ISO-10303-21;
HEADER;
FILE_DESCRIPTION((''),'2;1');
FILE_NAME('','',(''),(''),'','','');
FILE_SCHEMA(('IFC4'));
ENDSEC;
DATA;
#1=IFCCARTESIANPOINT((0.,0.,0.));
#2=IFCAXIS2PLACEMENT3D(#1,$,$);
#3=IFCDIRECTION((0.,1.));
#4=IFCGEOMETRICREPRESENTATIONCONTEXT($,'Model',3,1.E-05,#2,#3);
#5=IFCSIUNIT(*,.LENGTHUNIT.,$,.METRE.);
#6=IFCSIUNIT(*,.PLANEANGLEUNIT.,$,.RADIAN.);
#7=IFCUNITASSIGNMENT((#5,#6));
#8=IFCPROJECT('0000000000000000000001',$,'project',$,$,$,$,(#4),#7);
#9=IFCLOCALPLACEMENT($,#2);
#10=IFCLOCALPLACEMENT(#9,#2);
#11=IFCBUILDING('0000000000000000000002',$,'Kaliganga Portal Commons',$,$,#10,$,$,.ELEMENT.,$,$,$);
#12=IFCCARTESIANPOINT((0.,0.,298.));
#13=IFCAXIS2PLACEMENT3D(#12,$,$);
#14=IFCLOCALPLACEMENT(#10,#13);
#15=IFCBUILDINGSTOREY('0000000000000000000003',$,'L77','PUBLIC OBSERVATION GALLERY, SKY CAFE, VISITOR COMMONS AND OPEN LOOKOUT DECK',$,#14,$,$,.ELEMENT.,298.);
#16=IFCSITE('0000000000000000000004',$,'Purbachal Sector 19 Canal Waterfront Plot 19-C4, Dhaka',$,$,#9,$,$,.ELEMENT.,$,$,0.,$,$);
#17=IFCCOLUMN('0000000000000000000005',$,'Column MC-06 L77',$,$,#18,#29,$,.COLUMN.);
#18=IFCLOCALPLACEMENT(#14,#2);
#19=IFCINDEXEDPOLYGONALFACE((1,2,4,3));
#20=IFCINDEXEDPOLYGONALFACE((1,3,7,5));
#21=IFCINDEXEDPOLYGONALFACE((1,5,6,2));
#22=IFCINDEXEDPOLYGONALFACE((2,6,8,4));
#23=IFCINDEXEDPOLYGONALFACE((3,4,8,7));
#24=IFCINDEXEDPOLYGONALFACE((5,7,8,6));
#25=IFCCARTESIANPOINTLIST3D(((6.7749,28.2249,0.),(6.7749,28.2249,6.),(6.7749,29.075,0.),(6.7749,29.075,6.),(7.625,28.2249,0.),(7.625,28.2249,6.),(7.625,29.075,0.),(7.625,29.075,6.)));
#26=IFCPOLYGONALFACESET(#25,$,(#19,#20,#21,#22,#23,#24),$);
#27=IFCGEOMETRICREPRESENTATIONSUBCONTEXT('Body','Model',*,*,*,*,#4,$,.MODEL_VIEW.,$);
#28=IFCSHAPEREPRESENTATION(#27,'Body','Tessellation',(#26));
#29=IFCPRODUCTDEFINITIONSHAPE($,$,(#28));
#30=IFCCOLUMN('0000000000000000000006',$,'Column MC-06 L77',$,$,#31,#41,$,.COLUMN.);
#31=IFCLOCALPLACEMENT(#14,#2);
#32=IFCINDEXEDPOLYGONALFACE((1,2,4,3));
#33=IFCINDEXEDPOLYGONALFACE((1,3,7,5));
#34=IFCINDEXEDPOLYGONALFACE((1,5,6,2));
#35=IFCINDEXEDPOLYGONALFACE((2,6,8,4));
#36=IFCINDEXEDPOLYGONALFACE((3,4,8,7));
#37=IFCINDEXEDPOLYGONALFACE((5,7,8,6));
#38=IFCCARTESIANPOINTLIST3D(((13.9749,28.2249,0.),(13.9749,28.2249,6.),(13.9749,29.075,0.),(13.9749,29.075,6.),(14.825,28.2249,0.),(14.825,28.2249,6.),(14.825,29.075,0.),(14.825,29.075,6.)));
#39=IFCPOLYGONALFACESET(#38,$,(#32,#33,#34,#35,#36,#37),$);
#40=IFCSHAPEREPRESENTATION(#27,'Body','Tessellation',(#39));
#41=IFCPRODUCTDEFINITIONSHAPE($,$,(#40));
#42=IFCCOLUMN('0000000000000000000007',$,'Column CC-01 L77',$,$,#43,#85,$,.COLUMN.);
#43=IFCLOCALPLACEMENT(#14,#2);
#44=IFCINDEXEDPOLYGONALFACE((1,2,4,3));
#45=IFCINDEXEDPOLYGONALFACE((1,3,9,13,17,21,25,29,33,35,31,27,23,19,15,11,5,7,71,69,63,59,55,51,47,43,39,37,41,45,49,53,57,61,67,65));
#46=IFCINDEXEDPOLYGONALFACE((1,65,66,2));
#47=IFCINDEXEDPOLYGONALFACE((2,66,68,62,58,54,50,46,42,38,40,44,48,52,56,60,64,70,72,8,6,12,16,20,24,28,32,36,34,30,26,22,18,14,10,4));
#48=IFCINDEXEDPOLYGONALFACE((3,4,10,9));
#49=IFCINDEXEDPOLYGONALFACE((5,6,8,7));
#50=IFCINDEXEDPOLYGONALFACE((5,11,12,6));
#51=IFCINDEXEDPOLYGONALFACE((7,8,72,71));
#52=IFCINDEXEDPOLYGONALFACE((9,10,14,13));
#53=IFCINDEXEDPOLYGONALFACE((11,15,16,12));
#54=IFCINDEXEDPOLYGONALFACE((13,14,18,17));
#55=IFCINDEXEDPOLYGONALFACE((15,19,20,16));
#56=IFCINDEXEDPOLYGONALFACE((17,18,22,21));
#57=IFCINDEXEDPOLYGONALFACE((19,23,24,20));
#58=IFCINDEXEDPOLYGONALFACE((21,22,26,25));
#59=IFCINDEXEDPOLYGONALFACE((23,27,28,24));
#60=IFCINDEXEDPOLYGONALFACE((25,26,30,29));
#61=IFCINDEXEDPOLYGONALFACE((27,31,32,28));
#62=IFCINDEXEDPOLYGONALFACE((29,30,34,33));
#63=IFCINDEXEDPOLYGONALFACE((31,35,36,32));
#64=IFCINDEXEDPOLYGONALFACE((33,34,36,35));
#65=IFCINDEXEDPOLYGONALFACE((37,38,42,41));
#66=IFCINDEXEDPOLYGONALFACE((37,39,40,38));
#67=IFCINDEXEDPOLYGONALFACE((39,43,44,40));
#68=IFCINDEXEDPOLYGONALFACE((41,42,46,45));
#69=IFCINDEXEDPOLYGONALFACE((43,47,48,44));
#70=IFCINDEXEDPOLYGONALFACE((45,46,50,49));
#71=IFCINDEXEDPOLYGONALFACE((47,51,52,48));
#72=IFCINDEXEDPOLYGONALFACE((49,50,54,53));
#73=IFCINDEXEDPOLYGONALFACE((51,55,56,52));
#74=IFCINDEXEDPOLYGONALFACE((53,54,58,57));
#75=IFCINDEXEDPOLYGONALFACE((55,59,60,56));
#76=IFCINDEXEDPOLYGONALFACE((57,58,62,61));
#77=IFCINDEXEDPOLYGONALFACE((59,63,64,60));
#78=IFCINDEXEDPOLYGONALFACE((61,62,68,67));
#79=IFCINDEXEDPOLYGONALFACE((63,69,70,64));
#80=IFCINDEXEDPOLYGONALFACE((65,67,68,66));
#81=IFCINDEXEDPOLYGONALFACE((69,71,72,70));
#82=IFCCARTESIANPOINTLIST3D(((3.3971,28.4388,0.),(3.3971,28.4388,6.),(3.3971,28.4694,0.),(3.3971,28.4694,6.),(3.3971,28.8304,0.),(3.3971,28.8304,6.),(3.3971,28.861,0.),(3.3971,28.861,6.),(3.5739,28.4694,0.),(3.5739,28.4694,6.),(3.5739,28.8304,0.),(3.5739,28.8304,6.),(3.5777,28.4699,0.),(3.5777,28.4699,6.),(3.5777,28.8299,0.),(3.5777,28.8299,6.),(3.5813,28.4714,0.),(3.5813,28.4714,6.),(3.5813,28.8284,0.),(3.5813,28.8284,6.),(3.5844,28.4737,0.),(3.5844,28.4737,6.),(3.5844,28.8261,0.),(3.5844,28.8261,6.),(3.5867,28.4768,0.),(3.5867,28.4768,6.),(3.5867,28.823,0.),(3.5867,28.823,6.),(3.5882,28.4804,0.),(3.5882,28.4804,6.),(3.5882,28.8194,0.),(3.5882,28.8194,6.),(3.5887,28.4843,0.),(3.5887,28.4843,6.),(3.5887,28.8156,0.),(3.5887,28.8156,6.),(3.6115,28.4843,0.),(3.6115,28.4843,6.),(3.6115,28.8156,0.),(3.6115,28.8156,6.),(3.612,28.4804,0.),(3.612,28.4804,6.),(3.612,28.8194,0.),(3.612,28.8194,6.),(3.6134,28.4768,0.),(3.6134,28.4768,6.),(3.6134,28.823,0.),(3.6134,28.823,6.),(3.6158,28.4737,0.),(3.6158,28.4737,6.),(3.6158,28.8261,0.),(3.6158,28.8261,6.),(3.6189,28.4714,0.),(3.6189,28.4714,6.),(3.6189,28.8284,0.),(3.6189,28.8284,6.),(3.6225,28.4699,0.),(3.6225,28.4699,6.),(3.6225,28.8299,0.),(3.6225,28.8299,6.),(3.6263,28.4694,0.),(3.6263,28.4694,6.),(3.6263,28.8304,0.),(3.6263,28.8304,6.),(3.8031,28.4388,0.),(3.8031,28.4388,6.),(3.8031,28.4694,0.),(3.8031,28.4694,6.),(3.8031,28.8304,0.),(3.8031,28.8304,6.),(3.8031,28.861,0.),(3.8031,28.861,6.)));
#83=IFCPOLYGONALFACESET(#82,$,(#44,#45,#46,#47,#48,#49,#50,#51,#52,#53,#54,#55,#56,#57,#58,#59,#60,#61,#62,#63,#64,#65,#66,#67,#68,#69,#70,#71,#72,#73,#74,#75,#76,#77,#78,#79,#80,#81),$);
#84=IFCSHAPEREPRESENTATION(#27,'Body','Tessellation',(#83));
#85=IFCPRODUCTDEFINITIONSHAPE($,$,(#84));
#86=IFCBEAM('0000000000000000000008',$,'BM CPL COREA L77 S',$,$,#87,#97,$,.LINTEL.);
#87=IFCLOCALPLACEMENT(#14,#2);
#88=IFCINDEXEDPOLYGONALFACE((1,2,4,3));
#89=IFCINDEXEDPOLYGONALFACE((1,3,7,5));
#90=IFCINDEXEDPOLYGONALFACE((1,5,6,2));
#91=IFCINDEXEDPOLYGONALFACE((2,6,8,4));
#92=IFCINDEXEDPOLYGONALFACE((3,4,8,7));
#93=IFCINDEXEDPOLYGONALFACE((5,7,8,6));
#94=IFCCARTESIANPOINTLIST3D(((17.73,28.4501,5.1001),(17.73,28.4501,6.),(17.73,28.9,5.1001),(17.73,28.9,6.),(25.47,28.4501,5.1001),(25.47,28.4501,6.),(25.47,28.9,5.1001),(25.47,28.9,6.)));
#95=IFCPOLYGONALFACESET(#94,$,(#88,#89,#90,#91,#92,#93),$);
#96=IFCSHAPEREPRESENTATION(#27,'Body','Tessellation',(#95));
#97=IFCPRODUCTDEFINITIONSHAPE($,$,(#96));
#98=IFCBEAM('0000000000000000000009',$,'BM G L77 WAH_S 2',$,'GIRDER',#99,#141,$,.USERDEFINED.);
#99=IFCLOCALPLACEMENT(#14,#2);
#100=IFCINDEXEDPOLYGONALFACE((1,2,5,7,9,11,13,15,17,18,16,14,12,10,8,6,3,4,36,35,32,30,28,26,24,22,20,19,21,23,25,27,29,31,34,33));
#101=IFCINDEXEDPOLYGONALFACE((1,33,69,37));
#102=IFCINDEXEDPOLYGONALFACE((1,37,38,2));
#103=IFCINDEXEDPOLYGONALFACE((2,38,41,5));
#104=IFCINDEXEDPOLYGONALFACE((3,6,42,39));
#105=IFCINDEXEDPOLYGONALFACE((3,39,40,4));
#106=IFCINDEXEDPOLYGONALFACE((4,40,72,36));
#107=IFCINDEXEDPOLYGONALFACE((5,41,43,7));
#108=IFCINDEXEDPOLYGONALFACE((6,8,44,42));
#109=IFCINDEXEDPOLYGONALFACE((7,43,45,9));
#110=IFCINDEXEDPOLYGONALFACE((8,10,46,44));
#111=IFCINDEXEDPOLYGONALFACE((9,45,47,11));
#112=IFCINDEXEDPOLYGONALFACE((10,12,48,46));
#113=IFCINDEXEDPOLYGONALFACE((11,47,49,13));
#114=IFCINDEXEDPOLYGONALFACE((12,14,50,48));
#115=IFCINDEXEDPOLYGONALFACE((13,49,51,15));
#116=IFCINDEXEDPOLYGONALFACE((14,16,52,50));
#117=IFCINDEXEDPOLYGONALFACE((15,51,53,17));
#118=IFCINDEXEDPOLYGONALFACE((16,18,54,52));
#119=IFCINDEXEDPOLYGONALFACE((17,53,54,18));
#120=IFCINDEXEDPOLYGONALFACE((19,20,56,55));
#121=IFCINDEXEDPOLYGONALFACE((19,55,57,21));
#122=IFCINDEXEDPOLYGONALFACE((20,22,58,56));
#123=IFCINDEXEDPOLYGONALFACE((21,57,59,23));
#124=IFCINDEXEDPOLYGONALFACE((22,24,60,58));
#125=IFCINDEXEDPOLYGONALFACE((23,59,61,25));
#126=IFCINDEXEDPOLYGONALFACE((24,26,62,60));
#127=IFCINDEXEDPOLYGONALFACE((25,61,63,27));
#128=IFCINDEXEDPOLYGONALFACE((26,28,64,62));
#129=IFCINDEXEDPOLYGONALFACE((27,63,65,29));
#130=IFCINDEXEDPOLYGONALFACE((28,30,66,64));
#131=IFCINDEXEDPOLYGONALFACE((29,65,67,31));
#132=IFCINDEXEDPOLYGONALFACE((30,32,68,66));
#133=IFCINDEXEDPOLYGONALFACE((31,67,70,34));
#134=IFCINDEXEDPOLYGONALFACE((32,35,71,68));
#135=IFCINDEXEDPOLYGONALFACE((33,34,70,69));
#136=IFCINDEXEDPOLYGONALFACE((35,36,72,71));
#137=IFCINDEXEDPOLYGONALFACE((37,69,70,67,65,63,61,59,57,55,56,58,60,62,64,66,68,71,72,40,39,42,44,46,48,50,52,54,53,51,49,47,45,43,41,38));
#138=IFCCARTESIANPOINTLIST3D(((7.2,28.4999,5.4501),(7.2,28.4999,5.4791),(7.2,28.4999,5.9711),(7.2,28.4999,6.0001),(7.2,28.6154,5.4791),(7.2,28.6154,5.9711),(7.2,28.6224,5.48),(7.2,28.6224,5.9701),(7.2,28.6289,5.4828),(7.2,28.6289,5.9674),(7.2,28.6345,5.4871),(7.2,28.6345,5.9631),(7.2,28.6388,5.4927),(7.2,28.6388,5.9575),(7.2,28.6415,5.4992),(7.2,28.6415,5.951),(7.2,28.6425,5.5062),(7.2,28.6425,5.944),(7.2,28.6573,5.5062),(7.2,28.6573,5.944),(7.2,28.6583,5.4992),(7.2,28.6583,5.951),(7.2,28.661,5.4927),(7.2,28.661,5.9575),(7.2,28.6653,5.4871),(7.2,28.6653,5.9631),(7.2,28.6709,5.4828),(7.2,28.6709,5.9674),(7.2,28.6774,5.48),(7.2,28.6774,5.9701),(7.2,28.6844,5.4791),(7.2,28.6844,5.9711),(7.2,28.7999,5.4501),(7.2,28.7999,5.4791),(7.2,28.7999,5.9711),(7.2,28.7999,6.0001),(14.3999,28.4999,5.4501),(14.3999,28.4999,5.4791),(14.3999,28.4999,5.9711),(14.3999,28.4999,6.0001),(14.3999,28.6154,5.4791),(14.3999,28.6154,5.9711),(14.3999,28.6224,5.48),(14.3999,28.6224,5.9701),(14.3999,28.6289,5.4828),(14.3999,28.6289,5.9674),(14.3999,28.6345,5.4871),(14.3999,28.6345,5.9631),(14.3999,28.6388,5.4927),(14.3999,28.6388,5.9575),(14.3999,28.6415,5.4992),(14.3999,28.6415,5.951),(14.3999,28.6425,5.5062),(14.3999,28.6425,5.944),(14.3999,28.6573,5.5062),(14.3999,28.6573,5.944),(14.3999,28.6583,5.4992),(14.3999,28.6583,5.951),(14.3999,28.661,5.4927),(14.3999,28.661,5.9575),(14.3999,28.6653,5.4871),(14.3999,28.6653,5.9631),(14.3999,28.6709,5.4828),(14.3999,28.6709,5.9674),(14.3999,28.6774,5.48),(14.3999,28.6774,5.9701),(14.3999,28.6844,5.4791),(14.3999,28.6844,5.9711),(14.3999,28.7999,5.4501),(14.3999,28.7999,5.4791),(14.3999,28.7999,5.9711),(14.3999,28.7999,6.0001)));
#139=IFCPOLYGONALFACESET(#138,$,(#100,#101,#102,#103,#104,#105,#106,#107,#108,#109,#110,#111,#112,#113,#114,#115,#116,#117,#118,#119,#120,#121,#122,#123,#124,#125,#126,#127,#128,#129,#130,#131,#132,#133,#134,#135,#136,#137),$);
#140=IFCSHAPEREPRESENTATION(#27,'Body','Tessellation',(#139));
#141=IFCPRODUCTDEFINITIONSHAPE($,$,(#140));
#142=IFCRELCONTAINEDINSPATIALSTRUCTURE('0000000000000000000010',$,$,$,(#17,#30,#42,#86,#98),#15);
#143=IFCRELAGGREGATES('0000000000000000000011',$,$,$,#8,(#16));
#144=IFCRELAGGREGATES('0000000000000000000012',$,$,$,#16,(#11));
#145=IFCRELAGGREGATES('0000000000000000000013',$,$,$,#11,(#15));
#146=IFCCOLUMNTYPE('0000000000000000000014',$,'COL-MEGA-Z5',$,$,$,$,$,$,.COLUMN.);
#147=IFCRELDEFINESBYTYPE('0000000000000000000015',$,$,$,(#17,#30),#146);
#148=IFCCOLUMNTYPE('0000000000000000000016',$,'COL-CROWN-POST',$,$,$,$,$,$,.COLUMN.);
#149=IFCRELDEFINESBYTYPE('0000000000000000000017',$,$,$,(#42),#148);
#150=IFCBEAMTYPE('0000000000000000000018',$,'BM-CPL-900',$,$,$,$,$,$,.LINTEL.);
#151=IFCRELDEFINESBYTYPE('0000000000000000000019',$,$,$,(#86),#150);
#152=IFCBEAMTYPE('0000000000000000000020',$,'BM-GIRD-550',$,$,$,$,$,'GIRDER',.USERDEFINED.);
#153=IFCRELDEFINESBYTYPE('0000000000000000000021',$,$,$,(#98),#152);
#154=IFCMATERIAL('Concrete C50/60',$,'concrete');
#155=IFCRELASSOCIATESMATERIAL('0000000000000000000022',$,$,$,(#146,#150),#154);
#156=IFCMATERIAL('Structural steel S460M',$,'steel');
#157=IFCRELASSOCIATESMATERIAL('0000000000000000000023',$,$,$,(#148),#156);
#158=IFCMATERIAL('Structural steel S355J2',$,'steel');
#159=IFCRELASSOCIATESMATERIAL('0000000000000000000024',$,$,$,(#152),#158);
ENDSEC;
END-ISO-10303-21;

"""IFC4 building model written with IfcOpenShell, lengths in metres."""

from ifc_helpers import new_model, si_unit, direction, frame, origin, origin_2d, place, context, subcontext, project, spatial, rectangle, i_section, extrude, source, transform, mapped, material, material_profile, profile_set, type_object, element, save


model = new_model("IFC4")

# Units and contexts
model_context = context("Model", 3, precision=1e-05, world=origin(), true_north=direction((0.0, 1.0)))
body_context = subcontext(model_context, "Body", "Model", "MODEL_VIEW")
ifc_project = project(units=[si_unit("LENGTHUNIT", "METRE"), si_unit("PLANEANGLEUNIT", "RADIAN")], contexts=[model_context])

# Site, building, storey
site_placement = place(None, origin())
site = spatial("IfcSite", under=ifc_project, at=site_placement, Name="Purbachal Sector 19 Canal Waterfront Plot 19-C4, Dhaka", CompositionType="ELEMENT", RefElevation=0.0)
building_placement = place(site_placement, origin())
building = spatial("IfcBuilding", under=site, at=building_placement, Name="Kaliganga Portal Commons", CompositionType="ELEMENT")
storey_placement = place(building_placement, frame((0.0, 0.0, 298.0)))
storey = spatial("IfcBuildingStorey", under=building, at=storey_placement, Name="L77", Description="PUBLIC OBSERVATION GALLERY, SKY CAFE, VISITOR COMMONS AND OPEN LOOKOUT DECK", CompositionType="ELEMENT", Elevation=298.0)

# Columns
ifc_material_1 = material(Name="Concrete C50/60", Category="concrete")
ifc_material_profile_1 = material_profile(ifc_material_1, rectangle(XDim=0.8501, YDim=0.8501, at=origin_2d()), Name="RC 850x850")
ifc_profile_set_1 = profile_set([ifc_material_profile_1], Name="Concrete C50/60")
column_type_1 = type_object("IfcColumnType", Name="COL-MEGA-Z5", PredefinedType="COLUMN", material=ifc_profile_set_1)
shared_shape_1 = source(origin(), body_context, "Body", "SweptSolid", [
    extrude(rectangle(XDim=0.8501, YDim=0.8501, at=origin_2d()), origin(), (0.0, 0.0, 1.0), 6.0),
])
for number, where, z_axis, x_axis, name in (
    (1, (7.2, 28.6499, 0.0), (0.0, 0.0, 1.0), (1.0, 0.0, 0.0), "Column MC-06 L77"),
    (2, (14.3999, 28.6499, 0.0), (0.0, 0.0, 1.0), (1.0, 0.0, 0.0), "Column MC-06 L77"),
):
    element("IfcColumn", number, at=place(storey_placement, frame(where, z_axis=z_axis, x_axis=x_axis)), inside=storey, type_object=column_type_1, Name=name, PredefinedType="COLUMN", context=body_context, shape_type="MappedRepresentation", body=[
        mapped(shared_shape_1, transform((0.0, 0.0, 0.0), x_axis=(1.0, 0.0, 0.0), y_axis=(0.0, 1.0, 0.0), z_axis=(0.0, 0.0, 1.0), scale=1.0)),
    ])
ifc_material_2 = material(Name="Structural steel S460M", Category="steel")
ifc_material_profile_2 = material_profile(ifc_material_2, i_section(OverallWidth=0.406, OverallDepth=0.4221, WebThickness=0.0227, FlangeThickness=0.0305, FilletRadius=0.0149, at=origin_2d()), Name="HD 400x382")
ifc_profile_set_2 = profile_set([ifc_material_profile_2], Name="Structural steel S460M wide-flange")
column_type_2 = type_object("IfcColumnType", Name="COL-CROWN-POST", PredefinedType="COLUMN", material=ifc_profile_set_2)
shared_shape_2 = source(origin(), body_context, "Body", "SweptSolid", [
    extrude(i_section(OverallWidth=0.406, OverallDepth=0.4221, WebThickness=0.0227, FlangeThickness=0.0305, FilletRadius=0.0149, at=origin_2d()), origin(), (0.0, 0.0, 1.0), 6.0),
])
column_placement = place(storey_placement, frame((3.6001, 28.6499, 0.0), z_axis=(0.0, 0.0, 1.0), x_axis=(1.0, 0.0, 0.0)))
element("IfcColumn", 3, at=column_placement, inside=storey, type_object=column_type_2, Name="Column CC-01 L77", PredefinedType="COLUMN", context=body_context, shape_type="MappedRepresentation", body=[
    mapped(shared_shape_2, transform((0.0, 0.0, 0.0), x_axis=(1.0, 0.0, 0.0), y_axis=(0.0, 1.0, 0.0), z_axis=(0.0, 0.0, 1.0), scale=1.0)),
])

# Beams
ifc_material_profile_3 = material_profile(ifc_material_1, rectangle(XDim=0.45, YDim=0.8999, at=origin_2d()), Name="RC 450x900")
ifc_profile_set_3 = profile_set([ifc_material_profile_3], Name="Concrete C50/60")
beam_type_1 = type_object("IfcBeamType", Name="BM-CPL-900", PredefinedType="LINTEL", material=ifc_profile_set_3)
shared_shape_3 = source(origin(), body_context, "Body", "SweptSolid", [
    extrude(rectangle(XDim=0.45, YDim=0.8999, at=origin_2d()), origin(), (0.0, 0.0, 1.0), 7.74),
])
beam_1_placement = place(storey_placement, frame((17.73, 28.675, 5.55), z_axis=(1.0, 0.0, 0.0), x_axis=(0.0, 1.0, 0.0)))
element("IfcBeam", 4, at=beam_1_placement, inside=storey, type_object=beam_type_1, Name="BM CPL COREA L77 S", PredefinedType="LINTEL", context=body_context, shape_type="MappedRepresentation", body=[
    mapped(shared_shape_3, transform((0.0, 0.0, 0.0), x_axis=(1.0, 0.0, 0.0), y_axis=(0.0, 1.0, 0.0), z_axis=(0.0, 0.0, 1.0), scale=1.0)),
])
ifc_material_3 = material(Name="Structural steel S355J2", Category="steel")
ifc_material_profile_4 = material_profile(ifc_material_3, i_section(OverallWidth=0.3, OverallDepth=0.55, WebThickness=0.0149, FlangeThickness=0.0291, FilletRadius=0.0271, at=origin_2d()), Name="HE 550 B")
ifc_profile_set_4 = profile_set([ifc_material_profile_4], Name="Structural steel S355J2 wide-flange")
beam_type_2 = type_object("IfcBeamType", Name="BM-GIRD-550", ElementType="GIRDER", PredefinedType="USERDEFINED", material=ifc_profile_set_4)
shared_shape_4 = source(origin(), body_context, "Body", "SweptSolid", [
    extrude(i_section(OverallWidth=0.3, OverallDepth=0.55, WebThickness=0.0149, FlangeThickness=0.0291, FilletRadius=0.0271, at=origin_2d()), origin(), (0.0, 0.0, 1.0), 7.2),
])
beam_2_placement = place(storey_placement, frame((7.2, 28.6499, 5.7251), z_axis=(1.0, 0.0, 0.0), x_axis=(0.0, 1.0, 0.0)))
element("IfcBeam", 5, at=beam_2_placement, inside=storey, type_object=beam_type_2, Name="BM G L77 WAH_S 2", ObjectType="GIRDER", PredefinedType="USERDEFINED", context=body_context, shape_type="MappedRepresentation", body=[
    mapped(shared_shape_4, transform((0.0, 0.0, 0.0), x_axis=(1.0, 0.0, 0.0), y_axis=(0.0, 1.0, 0.0), z_axis=(0.0, 0.0, 1.0), scale=1.0)),
])

save(model, "model.ifc")
